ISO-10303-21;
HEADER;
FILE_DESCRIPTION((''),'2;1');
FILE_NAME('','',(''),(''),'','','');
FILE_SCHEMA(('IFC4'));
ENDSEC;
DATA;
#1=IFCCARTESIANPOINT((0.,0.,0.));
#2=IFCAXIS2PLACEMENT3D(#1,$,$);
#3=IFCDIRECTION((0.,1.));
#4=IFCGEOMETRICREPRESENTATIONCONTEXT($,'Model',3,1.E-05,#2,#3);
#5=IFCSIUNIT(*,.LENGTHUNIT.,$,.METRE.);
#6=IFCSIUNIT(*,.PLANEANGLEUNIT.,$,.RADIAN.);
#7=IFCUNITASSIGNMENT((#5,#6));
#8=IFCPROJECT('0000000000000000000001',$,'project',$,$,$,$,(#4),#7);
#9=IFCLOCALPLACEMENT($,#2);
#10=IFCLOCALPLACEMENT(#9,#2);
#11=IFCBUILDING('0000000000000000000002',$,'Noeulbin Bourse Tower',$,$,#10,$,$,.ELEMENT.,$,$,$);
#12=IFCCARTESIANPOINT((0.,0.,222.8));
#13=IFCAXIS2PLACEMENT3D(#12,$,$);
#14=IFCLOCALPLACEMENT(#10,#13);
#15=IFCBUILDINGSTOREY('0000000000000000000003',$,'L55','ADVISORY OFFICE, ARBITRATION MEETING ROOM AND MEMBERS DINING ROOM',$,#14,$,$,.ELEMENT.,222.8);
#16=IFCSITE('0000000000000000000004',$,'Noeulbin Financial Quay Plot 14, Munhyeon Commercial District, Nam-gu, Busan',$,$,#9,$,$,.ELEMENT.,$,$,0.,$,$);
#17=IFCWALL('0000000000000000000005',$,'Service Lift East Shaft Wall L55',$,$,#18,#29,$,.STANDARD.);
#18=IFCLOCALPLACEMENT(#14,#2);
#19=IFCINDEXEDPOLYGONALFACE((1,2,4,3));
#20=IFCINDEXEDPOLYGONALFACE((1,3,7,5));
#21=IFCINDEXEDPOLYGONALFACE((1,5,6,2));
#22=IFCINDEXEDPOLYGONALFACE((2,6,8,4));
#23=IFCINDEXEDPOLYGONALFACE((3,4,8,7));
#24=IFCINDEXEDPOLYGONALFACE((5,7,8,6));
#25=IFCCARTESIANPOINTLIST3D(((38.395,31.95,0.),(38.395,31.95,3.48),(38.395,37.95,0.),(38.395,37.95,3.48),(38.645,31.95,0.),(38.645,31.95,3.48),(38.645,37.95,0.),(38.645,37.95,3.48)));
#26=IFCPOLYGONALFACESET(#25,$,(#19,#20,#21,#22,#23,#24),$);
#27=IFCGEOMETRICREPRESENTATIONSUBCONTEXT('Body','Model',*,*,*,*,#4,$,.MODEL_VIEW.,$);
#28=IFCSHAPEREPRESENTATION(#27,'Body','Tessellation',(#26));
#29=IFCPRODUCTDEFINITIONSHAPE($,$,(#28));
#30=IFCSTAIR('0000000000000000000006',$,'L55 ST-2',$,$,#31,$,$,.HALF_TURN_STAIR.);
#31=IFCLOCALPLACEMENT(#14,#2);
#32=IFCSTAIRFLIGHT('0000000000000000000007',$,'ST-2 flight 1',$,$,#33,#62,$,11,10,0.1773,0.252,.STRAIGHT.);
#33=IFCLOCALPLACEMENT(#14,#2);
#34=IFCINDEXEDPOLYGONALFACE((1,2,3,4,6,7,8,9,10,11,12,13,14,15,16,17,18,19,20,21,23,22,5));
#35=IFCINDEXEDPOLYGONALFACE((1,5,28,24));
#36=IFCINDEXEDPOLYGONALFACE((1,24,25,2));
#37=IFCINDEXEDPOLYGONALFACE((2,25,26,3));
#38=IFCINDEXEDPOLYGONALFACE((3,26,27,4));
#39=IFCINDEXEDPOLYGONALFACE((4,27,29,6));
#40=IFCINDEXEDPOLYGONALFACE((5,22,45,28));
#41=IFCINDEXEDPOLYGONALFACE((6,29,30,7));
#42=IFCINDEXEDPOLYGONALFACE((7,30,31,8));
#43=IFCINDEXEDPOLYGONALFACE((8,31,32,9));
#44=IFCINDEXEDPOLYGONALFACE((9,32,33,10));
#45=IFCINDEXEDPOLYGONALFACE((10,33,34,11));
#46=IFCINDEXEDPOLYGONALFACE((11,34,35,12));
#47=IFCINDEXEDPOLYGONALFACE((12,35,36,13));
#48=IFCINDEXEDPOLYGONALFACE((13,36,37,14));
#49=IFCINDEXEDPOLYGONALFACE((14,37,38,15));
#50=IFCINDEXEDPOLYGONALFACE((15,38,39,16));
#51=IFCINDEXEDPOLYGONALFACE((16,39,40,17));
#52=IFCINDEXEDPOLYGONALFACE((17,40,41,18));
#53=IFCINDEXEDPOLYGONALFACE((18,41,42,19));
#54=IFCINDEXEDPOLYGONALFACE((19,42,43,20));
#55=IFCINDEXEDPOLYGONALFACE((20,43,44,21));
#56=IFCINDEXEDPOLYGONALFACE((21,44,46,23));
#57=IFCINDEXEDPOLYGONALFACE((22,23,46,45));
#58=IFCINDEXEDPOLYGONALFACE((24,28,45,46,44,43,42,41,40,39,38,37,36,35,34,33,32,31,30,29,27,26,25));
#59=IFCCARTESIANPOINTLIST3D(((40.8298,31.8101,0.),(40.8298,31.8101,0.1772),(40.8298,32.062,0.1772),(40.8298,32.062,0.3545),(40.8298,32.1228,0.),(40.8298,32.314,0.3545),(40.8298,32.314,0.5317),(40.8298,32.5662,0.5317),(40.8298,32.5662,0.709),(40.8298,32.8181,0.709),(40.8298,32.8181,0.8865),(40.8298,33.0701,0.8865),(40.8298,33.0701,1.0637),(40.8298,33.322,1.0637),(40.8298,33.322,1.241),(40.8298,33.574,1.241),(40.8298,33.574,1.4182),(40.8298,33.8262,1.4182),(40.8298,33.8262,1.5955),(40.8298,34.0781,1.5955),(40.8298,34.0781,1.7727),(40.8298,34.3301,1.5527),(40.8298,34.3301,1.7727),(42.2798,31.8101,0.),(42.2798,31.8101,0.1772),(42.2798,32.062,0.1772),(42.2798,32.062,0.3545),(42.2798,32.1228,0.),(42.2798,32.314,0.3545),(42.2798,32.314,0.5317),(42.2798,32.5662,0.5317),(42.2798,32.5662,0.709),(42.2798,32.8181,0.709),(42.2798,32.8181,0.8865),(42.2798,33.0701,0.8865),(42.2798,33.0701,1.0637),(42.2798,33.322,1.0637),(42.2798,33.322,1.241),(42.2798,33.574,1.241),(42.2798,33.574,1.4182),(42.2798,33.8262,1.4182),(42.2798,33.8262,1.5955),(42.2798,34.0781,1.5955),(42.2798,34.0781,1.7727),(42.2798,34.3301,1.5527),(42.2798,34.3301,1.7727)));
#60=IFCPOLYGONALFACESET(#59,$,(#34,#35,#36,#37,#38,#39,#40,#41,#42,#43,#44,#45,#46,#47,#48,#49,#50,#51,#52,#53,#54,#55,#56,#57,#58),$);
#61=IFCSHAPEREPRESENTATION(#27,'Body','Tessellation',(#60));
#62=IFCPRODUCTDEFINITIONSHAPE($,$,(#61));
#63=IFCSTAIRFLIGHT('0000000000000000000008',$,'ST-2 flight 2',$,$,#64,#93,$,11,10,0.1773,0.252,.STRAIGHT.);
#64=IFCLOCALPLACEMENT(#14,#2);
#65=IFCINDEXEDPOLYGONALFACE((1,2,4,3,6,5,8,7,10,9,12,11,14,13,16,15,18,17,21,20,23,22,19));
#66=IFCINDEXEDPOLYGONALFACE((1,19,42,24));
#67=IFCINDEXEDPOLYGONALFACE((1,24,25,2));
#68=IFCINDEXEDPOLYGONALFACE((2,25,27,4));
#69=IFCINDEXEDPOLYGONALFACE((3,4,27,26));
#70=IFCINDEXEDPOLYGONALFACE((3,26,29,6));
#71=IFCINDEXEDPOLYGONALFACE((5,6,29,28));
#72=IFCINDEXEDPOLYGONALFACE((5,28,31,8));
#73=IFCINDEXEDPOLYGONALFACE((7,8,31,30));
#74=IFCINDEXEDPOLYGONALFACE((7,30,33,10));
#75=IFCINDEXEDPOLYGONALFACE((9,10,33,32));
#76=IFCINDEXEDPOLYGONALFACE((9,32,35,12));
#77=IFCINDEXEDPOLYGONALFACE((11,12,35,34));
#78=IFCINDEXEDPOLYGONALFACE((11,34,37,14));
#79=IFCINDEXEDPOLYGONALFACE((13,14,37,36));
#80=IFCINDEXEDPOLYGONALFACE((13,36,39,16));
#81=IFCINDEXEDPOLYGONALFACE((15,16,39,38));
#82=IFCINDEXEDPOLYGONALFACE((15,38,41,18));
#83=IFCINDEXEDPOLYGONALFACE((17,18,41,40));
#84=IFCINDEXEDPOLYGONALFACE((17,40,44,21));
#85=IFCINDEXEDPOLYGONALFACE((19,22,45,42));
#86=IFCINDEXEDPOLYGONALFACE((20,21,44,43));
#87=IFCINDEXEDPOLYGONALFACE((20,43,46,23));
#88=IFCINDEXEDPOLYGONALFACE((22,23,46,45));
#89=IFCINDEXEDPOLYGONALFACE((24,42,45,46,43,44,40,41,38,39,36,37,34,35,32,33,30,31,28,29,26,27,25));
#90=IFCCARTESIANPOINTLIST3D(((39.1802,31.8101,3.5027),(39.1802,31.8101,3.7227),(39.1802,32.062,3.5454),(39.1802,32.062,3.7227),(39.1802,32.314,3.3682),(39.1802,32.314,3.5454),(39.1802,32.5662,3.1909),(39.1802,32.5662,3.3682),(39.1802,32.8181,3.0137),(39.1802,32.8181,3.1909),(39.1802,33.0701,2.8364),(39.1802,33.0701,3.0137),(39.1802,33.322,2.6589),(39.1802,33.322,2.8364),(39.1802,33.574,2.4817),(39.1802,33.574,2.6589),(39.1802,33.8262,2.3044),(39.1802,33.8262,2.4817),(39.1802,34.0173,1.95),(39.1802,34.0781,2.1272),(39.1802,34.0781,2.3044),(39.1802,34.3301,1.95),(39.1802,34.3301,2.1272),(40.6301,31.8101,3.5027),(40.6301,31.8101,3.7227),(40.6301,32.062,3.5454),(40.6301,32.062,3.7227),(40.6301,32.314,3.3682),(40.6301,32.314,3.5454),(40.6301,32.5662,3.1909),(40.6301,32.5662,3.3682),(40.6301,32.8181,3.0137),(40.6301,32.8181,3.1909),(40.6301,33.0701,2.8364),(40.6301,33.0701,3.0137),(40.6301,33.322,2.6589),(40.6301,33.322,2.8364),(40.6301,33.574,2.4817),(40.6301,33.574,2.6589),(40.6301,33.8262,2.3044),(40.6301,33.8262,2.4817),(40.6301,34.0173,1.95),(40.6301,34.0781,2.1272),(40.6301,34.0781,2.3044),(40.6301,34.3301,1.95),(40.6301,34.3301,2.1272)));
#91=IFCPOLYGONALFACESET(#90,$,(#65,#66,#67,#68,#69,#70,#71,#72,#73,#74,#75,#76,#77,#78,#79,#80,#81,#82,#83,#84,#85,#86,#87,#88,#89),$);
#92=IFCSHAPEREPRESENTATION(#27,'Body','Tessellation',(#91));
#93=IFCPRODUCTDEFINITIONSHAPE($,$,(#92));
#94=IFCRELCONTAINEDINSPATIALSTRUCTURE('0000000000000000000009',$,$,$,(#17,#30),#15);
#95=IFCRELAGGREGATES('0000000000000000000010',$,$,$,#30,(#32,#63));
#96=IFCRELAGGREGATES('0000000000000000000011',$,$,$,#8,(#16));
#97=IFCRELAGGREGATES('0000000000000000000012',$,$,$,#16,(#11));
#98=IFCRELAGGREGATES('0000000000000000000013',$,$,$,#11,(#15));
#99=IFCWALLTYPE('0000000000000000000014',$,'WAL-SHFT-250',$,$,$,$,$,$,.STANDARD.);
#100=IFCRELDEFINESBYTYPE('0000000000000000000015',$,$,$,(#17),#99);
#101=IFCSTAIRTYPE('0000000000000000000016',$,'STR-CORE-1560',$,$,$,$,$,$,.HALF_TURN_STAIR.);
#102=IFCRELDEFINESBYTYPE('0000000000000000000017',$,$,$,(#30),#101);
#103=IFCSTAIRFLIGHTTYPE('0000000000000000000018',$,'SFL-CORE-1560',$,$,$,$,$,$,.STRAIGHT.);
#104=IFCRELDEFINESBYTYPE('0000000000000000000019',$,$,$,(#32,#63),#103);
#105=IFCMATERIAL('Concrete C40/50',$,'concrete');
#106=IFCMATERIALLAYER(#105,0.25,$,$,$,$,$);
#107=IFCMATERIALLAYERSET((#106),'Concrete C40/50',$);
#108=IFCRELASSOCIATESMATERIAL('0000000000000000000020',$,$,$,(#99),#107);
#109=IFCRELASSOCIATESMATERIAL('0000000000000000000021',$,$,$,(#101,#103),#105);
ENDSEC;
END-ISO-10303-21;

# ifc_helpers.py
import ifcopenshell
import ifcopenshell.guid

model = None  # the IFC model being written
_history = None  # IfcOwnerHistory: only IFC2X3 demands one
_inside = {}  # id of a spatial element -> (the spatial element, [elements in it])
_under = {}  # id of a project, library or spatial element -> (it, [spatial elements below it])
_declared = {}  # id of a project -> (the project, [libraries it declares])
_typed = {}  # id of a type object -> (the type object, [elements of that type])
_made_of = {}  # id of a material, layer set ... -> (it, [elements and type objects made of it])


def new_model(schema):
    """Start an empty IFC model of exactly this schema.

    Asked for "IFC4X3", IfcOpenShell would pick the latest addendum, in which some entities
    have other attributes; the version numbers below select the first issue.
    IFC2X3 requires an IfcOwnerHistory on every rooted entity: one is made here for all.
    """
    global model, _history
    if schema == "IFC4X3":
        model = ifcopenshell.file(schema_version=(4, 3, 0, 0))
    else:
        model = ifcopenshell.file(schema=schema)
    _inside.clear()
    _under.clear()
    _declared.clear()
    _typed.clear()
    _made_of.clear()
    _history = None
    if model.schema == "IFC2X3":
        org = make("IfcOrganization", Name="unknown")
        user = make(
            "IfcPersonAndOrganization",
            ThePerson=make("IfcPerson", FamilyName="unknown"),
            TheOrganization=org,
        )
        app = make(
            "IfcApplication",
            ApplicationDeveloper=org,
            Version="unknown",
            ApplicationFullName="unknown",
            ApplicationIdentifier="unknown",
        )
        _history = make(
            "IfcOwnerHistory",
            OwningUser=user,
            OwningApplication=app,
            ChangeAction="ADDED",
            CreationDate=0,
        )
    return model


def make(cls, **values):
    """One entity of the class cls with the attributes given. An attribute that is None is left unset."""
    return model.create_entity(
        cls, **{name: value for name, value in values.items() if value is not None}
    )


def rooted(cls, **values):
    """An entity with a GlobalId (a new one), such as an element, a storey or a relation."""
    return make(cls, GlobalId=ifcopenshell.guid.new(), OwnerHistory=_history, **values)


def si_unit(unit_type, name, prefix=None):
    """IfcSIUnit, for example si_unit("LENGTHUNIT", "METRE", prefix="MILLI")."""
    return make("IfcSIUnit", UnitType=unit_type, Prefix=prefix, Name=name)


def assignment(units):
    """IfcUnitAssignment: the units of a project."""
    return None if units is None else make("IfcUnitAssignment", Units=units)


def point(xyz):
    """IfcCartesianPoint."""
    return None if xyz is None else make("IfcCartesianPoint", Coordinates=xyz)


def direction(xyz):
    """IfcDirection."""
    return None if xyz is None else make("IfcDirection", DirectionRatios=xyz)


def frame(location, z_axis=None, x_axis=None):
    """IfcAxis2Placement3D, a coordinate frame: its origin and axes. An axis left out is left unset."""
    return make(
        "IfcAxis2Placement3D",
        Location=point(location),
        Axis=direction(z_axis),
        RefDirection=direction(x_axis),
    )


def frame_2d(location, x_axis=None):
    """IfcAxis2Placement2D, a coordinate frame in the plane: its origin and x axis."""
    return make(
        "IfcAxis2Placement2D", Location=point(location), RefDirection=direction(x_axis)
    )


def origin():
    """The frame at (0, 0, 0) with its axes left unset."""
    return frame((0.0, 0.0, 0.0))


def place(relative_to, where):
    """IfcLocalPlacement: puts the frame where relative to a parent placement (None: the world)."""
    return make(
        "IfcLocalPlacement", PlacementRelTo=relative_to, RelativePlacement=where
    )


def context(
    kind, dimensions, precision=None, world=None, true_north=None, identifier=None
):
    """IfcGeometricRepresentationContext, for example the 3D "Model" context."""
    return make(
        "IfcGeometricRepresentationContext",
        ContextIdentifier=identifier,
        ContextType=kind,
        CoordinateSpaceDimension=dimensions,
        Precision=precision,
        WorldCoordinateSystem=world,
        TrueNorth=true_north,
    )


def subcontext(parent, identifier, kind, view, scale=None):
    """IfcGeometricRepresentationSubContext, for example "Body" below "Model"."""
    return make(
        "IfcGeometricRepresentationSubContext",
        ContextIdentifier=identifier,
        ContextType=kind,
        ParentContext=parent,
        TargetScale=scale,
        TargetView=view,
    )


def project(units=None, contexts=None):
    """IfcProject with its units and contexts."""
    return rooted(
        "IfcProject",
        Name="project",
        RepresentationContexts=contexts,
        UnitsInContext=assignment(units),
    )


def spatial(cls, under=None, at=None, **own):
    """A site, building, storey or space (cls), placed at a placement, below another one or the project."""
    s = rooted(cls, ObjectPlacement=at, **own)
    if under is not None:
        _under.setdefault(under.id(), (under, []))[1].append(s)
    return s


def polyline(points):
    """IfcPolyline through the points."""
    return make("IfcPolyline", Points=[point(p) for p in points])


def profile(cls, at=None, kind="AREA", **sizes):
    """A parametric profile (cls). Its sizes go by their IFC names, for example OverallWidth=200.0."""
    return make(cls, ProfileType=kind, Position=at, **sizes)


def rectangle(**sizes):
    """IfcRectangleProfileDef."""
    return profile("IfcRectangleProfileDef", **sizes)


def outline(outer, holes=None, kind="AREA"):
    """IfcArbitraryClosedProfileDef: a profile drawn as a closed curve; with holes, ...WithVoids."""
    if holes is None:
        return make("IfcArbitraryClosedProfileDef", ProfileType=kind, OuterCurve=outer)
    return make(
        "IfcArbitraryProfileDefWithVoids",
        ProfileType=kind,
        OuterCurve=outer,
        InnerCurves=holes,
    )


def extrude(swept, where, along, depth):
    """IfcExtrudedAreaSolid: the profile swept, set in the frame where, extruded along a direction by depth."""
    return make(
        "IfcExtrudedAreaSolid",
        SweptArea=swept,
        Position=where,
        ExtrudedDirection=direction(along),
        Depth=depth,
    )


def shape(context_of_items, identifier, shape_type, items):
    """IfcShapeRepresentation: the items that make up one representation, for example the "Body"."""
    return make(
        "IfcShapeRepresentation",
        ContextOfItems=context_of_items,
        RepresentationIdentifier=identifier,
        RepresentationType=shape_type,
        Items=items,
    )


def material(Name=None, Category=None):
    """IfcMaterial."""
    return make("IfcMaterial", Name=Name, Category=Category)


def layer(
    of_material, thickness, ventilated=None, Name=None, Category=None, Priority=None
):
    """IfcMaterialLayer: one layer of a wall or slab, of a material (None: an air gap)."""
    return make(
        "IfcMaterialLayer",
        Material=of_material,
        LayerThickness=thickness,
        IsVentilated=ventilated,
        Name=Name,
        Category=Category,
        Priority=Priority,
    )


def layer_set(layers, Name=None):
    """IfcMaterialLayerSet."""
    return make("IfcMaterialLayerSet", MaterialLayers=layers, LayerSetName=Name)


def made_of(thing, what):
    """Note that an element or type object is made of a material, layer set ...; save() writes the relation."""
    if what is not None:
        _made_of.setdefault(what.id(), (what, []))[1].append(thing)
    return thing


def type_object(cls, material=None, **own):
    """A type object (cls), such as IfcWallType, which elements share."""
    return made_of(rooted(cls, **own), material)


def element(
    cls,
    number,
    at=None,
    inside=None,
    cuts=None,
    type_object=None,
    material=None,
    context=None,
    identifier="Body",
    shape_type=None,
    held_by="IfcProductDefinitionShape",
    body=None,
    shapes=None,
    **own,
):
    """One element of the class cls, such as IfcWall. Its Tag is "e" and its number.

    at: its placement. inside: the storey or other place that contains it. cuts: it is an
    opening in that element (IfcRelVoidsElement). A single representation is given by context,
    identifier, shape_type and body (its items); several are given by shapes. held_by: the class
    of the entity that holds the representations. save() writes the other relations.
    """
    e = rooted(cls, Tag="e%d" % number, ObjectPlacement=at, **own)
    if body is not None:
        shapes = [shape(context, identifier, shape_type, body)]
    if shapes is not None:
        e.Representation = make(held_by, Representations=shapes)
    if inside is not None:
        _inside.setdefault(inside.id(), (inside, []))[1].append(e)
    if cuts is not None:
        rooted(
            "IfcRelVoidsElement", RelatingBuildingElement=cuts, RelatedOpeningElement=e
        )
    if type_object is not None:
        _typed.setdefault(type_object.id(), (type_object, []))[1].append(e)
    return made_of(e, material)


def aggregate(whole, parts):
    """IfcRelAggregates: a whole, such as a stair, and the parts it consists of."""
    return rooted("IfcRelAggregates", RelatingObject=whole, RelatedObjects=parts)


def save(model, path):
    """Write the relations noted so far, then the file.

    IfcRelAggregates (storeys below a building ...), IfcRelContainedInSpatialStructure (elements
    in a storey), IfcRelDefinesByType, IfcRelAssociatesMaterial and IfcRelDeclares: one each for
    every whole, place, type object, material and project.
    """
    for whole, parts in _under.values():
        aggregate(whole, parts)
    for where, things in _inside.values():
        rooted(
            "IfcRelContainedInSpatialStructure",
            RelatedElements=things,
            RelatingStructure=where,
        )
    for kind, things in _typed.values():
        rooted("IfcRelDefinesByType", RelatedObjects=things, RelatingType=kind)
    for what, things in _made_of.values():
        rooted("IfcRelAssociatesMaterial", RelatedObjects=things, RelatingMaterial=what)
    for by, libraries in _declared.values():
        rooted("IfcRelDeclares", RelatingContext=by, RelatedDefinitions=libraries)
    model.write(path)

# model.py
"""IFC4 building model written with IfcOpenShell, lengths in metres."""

from ifc_helpers import new_model, si_unit, direction, frame, frame_2d, origin, place, context, subcontext, project, spatial, polyline, rectangle, outline, extrude, material, layer, layer_set, type_object, element, aggregate, save


model = new_model("IFC4")

# Units and contexts
model_context = context("Model", 3, precision=1e-05, world=origin(), true_north=direction((0.0, 1.0)))
body_context = subcontext(model_context, "Body", "Model", "MODEL_VIEW")
ifc_project = project(units=[si_unit("LENGTHUNIT", "METRE"), si_unit("PLANEANGLEUNIT", "RADIAN")], contexts=[model_context])

# Site, building, storey
site_placement = place(None, origin())
site = spatial("IfcSite", under=ifc_project, at=site_placement, Name="Noeulbin Financial Quay Plot 14, Munhyeon Commercial District, Nam-gu, Busan", CompositionType="ELEMENT", RefElevation=0.0)
building_placement = place(site_placement, origin())
building = spatial("IfcBuilding", under=site, at=building_placement, Name="Noeulbin Bourse Tower", CompositionType="ELEMENT")
storey_placement = place(building_placement, frame((0.0, 0.0, 222.8)))
storey = spatial("IfcBuildingStorey", under=building, at=storey_placement, Name="L55", Description="ADVISORY OFFICE, ARBITRATION MEETING ROOM AND MEMBERS DINING ROOM", CompositionType="ELEMENT", Elevation=222.8)

# Shared definitions
ifc_material_1 = material(Name="Concrete C40/50", Category="concrete")

# Shared definitions
ifc_layer_1 = layer(ifc_material_1, 0.25)
ifc_layer_set_1 = layer_set([ifc_layer_1], Name="Concrete C40/50")
wall_type_1 = type_object("IfcWallType", Name="WAL-SHFT-250", PredefinedType="STANDARD", material=ifc_layer_set_1)

# Wall
wall_1_placement = place(storey_placement, frame((38.52, 31.95, 0.0), z_axis=(0.0, 0.0, 1.0), x_axis=(0.0, 1.0, 0.0)))
element("IfcWall", 1, at=wall_1_placement, inside=storey, type_object=wall_type_1, Name="Service Lift East Shaft Wall L55", PredefinedType="STANDARD", context=body_context, shape_type="SweptSolid", body=[
    extrude(rectangle(XDim=6.0, YDim=0.25, at=frame_2d((3.0, 0.0))), origin(), (0.0, 0.0, 1.0), 3.48),
])

# Stair, stair flights
stair_type = type_object("IfcStairType", Name="STR-CORE-1560", PredefinedType="HALF_TURN_STAIR", material=ifc_material_1)
stair_placement = place(storey_placement, origin())
stair = element("IfcStair", 2, at=stair_placement, inside=storey, type_object=stair_type, Name="L55 ST-2", PredefinedType="HALF_TURN_STAIR")
stair_flight_type = type_object("IfcStairFlightType", Name="SFL-CORE-1560", PredefinedType="STRAIGHT", material=ifc_material_1)
stair_flight_1_placement = place(storey_placement, frame((41.5549, 31.8101, 0.0), z_axis=(0.0, 0.0, 1.0), x_axis=(0.0, 1.0, 0.0)))
stair_flight_1 = element("IfcStairFlight", 3, at=stair_flight_1_placement, type_object=stair_flight_type, Name="ST-2 flight 1", NumberOfRisers=11, NumberOfTreads=10, PredefinedType="STRAIGHT", RiserHeight=0.1773, TreadLength=0.252, context=body_context, shape_type="SweptSolid", body=[
    extrude(outline(polyline([(0.0, 0.0), (0.0, 0.1772), (0.252, 0.1772), (0.252, 0.3545), (0.5039, 0.3545), (0.5039, 0.5317), (0.7561, 0.5317), (0.7561, 0.709), (1.0081, 0.709), (1.0081, 0.8865), (1.26, 0.8865), (1.26, 1.0637), (1.512, 1.0637), (1.512, 1.241), (1.7639, 1.241), (1.7639, 1.4182), (2.0161, 1.4182), (2.0161, 1.5955), (2.2681, 1.5955), (2.2681, 1.7727), (2.52, 1.7727), (2.52, 1.95), (2.52, 1.5527), (0.3127, 0.0), (0.0, 0.0)])), frame((0.0, 0.7251, 0.0), z_axis=(0.0, -1.0, 0.0), x_axis=(1.0, 0.0, 0.0)), (0.0, 0.0, 1.0), 1.45),
])
stair_flight_2_placement = place(storey_placement, frame((39.905, 34.3301, 1.95), z_axis=(0.0, 0.0, 1.0), x_axis=(0.0, -1.0, 0.0)))
stair_flight_2 = element("IfcStairFlight", 4, at=stair_flight_2_placement, type_object=stair_flight_type, Name="ST-2 flight 2", NumberOfRisers=11, NumberOfTreads=10, PredefinedType="STRAIGHT", RiserHeight=0.1773, TreadLength=0.252, context=body_context, shape_type="SweptSolid", body=[
    extrude(outline(polyline([(0.0, 0.0), (0.0, 0.1772), (0.252, 0.1772), (0.252, 0.3545), (0.5039, 0.3545), (0.5039, 0.5317), (0.7561, 0.5317), (0.7561, 0.709), (1.0081, 0.709), (1.0081, 0.8865), (1.26, 0.8865), (1.26, 1.0637), (1.512, 1.0637), (1.512, 1.241), (1.7639, 1.241), (1.7639, 1.4182), (2.0161, 1.4182), (2.0161, 1.5955), (2.2681, 1.5955), (2.2681, 1.7727), (2.52, 1.7727), (2.52, 1.95), (2.52, 1.5527), (0.3127, 0.0), (0.0, 0.0)])), frame((0.0, 0.7251, 0.0), z_axis=(0.0, -1.0, 0.0), x_axis=(1.0, 0.0, 0.0)), (0.0, 0.0, 1.0), 1.45),
])
aggregate(stair, [stair_flight_1, stair_flight_2])

save(model, "model.ifc")
